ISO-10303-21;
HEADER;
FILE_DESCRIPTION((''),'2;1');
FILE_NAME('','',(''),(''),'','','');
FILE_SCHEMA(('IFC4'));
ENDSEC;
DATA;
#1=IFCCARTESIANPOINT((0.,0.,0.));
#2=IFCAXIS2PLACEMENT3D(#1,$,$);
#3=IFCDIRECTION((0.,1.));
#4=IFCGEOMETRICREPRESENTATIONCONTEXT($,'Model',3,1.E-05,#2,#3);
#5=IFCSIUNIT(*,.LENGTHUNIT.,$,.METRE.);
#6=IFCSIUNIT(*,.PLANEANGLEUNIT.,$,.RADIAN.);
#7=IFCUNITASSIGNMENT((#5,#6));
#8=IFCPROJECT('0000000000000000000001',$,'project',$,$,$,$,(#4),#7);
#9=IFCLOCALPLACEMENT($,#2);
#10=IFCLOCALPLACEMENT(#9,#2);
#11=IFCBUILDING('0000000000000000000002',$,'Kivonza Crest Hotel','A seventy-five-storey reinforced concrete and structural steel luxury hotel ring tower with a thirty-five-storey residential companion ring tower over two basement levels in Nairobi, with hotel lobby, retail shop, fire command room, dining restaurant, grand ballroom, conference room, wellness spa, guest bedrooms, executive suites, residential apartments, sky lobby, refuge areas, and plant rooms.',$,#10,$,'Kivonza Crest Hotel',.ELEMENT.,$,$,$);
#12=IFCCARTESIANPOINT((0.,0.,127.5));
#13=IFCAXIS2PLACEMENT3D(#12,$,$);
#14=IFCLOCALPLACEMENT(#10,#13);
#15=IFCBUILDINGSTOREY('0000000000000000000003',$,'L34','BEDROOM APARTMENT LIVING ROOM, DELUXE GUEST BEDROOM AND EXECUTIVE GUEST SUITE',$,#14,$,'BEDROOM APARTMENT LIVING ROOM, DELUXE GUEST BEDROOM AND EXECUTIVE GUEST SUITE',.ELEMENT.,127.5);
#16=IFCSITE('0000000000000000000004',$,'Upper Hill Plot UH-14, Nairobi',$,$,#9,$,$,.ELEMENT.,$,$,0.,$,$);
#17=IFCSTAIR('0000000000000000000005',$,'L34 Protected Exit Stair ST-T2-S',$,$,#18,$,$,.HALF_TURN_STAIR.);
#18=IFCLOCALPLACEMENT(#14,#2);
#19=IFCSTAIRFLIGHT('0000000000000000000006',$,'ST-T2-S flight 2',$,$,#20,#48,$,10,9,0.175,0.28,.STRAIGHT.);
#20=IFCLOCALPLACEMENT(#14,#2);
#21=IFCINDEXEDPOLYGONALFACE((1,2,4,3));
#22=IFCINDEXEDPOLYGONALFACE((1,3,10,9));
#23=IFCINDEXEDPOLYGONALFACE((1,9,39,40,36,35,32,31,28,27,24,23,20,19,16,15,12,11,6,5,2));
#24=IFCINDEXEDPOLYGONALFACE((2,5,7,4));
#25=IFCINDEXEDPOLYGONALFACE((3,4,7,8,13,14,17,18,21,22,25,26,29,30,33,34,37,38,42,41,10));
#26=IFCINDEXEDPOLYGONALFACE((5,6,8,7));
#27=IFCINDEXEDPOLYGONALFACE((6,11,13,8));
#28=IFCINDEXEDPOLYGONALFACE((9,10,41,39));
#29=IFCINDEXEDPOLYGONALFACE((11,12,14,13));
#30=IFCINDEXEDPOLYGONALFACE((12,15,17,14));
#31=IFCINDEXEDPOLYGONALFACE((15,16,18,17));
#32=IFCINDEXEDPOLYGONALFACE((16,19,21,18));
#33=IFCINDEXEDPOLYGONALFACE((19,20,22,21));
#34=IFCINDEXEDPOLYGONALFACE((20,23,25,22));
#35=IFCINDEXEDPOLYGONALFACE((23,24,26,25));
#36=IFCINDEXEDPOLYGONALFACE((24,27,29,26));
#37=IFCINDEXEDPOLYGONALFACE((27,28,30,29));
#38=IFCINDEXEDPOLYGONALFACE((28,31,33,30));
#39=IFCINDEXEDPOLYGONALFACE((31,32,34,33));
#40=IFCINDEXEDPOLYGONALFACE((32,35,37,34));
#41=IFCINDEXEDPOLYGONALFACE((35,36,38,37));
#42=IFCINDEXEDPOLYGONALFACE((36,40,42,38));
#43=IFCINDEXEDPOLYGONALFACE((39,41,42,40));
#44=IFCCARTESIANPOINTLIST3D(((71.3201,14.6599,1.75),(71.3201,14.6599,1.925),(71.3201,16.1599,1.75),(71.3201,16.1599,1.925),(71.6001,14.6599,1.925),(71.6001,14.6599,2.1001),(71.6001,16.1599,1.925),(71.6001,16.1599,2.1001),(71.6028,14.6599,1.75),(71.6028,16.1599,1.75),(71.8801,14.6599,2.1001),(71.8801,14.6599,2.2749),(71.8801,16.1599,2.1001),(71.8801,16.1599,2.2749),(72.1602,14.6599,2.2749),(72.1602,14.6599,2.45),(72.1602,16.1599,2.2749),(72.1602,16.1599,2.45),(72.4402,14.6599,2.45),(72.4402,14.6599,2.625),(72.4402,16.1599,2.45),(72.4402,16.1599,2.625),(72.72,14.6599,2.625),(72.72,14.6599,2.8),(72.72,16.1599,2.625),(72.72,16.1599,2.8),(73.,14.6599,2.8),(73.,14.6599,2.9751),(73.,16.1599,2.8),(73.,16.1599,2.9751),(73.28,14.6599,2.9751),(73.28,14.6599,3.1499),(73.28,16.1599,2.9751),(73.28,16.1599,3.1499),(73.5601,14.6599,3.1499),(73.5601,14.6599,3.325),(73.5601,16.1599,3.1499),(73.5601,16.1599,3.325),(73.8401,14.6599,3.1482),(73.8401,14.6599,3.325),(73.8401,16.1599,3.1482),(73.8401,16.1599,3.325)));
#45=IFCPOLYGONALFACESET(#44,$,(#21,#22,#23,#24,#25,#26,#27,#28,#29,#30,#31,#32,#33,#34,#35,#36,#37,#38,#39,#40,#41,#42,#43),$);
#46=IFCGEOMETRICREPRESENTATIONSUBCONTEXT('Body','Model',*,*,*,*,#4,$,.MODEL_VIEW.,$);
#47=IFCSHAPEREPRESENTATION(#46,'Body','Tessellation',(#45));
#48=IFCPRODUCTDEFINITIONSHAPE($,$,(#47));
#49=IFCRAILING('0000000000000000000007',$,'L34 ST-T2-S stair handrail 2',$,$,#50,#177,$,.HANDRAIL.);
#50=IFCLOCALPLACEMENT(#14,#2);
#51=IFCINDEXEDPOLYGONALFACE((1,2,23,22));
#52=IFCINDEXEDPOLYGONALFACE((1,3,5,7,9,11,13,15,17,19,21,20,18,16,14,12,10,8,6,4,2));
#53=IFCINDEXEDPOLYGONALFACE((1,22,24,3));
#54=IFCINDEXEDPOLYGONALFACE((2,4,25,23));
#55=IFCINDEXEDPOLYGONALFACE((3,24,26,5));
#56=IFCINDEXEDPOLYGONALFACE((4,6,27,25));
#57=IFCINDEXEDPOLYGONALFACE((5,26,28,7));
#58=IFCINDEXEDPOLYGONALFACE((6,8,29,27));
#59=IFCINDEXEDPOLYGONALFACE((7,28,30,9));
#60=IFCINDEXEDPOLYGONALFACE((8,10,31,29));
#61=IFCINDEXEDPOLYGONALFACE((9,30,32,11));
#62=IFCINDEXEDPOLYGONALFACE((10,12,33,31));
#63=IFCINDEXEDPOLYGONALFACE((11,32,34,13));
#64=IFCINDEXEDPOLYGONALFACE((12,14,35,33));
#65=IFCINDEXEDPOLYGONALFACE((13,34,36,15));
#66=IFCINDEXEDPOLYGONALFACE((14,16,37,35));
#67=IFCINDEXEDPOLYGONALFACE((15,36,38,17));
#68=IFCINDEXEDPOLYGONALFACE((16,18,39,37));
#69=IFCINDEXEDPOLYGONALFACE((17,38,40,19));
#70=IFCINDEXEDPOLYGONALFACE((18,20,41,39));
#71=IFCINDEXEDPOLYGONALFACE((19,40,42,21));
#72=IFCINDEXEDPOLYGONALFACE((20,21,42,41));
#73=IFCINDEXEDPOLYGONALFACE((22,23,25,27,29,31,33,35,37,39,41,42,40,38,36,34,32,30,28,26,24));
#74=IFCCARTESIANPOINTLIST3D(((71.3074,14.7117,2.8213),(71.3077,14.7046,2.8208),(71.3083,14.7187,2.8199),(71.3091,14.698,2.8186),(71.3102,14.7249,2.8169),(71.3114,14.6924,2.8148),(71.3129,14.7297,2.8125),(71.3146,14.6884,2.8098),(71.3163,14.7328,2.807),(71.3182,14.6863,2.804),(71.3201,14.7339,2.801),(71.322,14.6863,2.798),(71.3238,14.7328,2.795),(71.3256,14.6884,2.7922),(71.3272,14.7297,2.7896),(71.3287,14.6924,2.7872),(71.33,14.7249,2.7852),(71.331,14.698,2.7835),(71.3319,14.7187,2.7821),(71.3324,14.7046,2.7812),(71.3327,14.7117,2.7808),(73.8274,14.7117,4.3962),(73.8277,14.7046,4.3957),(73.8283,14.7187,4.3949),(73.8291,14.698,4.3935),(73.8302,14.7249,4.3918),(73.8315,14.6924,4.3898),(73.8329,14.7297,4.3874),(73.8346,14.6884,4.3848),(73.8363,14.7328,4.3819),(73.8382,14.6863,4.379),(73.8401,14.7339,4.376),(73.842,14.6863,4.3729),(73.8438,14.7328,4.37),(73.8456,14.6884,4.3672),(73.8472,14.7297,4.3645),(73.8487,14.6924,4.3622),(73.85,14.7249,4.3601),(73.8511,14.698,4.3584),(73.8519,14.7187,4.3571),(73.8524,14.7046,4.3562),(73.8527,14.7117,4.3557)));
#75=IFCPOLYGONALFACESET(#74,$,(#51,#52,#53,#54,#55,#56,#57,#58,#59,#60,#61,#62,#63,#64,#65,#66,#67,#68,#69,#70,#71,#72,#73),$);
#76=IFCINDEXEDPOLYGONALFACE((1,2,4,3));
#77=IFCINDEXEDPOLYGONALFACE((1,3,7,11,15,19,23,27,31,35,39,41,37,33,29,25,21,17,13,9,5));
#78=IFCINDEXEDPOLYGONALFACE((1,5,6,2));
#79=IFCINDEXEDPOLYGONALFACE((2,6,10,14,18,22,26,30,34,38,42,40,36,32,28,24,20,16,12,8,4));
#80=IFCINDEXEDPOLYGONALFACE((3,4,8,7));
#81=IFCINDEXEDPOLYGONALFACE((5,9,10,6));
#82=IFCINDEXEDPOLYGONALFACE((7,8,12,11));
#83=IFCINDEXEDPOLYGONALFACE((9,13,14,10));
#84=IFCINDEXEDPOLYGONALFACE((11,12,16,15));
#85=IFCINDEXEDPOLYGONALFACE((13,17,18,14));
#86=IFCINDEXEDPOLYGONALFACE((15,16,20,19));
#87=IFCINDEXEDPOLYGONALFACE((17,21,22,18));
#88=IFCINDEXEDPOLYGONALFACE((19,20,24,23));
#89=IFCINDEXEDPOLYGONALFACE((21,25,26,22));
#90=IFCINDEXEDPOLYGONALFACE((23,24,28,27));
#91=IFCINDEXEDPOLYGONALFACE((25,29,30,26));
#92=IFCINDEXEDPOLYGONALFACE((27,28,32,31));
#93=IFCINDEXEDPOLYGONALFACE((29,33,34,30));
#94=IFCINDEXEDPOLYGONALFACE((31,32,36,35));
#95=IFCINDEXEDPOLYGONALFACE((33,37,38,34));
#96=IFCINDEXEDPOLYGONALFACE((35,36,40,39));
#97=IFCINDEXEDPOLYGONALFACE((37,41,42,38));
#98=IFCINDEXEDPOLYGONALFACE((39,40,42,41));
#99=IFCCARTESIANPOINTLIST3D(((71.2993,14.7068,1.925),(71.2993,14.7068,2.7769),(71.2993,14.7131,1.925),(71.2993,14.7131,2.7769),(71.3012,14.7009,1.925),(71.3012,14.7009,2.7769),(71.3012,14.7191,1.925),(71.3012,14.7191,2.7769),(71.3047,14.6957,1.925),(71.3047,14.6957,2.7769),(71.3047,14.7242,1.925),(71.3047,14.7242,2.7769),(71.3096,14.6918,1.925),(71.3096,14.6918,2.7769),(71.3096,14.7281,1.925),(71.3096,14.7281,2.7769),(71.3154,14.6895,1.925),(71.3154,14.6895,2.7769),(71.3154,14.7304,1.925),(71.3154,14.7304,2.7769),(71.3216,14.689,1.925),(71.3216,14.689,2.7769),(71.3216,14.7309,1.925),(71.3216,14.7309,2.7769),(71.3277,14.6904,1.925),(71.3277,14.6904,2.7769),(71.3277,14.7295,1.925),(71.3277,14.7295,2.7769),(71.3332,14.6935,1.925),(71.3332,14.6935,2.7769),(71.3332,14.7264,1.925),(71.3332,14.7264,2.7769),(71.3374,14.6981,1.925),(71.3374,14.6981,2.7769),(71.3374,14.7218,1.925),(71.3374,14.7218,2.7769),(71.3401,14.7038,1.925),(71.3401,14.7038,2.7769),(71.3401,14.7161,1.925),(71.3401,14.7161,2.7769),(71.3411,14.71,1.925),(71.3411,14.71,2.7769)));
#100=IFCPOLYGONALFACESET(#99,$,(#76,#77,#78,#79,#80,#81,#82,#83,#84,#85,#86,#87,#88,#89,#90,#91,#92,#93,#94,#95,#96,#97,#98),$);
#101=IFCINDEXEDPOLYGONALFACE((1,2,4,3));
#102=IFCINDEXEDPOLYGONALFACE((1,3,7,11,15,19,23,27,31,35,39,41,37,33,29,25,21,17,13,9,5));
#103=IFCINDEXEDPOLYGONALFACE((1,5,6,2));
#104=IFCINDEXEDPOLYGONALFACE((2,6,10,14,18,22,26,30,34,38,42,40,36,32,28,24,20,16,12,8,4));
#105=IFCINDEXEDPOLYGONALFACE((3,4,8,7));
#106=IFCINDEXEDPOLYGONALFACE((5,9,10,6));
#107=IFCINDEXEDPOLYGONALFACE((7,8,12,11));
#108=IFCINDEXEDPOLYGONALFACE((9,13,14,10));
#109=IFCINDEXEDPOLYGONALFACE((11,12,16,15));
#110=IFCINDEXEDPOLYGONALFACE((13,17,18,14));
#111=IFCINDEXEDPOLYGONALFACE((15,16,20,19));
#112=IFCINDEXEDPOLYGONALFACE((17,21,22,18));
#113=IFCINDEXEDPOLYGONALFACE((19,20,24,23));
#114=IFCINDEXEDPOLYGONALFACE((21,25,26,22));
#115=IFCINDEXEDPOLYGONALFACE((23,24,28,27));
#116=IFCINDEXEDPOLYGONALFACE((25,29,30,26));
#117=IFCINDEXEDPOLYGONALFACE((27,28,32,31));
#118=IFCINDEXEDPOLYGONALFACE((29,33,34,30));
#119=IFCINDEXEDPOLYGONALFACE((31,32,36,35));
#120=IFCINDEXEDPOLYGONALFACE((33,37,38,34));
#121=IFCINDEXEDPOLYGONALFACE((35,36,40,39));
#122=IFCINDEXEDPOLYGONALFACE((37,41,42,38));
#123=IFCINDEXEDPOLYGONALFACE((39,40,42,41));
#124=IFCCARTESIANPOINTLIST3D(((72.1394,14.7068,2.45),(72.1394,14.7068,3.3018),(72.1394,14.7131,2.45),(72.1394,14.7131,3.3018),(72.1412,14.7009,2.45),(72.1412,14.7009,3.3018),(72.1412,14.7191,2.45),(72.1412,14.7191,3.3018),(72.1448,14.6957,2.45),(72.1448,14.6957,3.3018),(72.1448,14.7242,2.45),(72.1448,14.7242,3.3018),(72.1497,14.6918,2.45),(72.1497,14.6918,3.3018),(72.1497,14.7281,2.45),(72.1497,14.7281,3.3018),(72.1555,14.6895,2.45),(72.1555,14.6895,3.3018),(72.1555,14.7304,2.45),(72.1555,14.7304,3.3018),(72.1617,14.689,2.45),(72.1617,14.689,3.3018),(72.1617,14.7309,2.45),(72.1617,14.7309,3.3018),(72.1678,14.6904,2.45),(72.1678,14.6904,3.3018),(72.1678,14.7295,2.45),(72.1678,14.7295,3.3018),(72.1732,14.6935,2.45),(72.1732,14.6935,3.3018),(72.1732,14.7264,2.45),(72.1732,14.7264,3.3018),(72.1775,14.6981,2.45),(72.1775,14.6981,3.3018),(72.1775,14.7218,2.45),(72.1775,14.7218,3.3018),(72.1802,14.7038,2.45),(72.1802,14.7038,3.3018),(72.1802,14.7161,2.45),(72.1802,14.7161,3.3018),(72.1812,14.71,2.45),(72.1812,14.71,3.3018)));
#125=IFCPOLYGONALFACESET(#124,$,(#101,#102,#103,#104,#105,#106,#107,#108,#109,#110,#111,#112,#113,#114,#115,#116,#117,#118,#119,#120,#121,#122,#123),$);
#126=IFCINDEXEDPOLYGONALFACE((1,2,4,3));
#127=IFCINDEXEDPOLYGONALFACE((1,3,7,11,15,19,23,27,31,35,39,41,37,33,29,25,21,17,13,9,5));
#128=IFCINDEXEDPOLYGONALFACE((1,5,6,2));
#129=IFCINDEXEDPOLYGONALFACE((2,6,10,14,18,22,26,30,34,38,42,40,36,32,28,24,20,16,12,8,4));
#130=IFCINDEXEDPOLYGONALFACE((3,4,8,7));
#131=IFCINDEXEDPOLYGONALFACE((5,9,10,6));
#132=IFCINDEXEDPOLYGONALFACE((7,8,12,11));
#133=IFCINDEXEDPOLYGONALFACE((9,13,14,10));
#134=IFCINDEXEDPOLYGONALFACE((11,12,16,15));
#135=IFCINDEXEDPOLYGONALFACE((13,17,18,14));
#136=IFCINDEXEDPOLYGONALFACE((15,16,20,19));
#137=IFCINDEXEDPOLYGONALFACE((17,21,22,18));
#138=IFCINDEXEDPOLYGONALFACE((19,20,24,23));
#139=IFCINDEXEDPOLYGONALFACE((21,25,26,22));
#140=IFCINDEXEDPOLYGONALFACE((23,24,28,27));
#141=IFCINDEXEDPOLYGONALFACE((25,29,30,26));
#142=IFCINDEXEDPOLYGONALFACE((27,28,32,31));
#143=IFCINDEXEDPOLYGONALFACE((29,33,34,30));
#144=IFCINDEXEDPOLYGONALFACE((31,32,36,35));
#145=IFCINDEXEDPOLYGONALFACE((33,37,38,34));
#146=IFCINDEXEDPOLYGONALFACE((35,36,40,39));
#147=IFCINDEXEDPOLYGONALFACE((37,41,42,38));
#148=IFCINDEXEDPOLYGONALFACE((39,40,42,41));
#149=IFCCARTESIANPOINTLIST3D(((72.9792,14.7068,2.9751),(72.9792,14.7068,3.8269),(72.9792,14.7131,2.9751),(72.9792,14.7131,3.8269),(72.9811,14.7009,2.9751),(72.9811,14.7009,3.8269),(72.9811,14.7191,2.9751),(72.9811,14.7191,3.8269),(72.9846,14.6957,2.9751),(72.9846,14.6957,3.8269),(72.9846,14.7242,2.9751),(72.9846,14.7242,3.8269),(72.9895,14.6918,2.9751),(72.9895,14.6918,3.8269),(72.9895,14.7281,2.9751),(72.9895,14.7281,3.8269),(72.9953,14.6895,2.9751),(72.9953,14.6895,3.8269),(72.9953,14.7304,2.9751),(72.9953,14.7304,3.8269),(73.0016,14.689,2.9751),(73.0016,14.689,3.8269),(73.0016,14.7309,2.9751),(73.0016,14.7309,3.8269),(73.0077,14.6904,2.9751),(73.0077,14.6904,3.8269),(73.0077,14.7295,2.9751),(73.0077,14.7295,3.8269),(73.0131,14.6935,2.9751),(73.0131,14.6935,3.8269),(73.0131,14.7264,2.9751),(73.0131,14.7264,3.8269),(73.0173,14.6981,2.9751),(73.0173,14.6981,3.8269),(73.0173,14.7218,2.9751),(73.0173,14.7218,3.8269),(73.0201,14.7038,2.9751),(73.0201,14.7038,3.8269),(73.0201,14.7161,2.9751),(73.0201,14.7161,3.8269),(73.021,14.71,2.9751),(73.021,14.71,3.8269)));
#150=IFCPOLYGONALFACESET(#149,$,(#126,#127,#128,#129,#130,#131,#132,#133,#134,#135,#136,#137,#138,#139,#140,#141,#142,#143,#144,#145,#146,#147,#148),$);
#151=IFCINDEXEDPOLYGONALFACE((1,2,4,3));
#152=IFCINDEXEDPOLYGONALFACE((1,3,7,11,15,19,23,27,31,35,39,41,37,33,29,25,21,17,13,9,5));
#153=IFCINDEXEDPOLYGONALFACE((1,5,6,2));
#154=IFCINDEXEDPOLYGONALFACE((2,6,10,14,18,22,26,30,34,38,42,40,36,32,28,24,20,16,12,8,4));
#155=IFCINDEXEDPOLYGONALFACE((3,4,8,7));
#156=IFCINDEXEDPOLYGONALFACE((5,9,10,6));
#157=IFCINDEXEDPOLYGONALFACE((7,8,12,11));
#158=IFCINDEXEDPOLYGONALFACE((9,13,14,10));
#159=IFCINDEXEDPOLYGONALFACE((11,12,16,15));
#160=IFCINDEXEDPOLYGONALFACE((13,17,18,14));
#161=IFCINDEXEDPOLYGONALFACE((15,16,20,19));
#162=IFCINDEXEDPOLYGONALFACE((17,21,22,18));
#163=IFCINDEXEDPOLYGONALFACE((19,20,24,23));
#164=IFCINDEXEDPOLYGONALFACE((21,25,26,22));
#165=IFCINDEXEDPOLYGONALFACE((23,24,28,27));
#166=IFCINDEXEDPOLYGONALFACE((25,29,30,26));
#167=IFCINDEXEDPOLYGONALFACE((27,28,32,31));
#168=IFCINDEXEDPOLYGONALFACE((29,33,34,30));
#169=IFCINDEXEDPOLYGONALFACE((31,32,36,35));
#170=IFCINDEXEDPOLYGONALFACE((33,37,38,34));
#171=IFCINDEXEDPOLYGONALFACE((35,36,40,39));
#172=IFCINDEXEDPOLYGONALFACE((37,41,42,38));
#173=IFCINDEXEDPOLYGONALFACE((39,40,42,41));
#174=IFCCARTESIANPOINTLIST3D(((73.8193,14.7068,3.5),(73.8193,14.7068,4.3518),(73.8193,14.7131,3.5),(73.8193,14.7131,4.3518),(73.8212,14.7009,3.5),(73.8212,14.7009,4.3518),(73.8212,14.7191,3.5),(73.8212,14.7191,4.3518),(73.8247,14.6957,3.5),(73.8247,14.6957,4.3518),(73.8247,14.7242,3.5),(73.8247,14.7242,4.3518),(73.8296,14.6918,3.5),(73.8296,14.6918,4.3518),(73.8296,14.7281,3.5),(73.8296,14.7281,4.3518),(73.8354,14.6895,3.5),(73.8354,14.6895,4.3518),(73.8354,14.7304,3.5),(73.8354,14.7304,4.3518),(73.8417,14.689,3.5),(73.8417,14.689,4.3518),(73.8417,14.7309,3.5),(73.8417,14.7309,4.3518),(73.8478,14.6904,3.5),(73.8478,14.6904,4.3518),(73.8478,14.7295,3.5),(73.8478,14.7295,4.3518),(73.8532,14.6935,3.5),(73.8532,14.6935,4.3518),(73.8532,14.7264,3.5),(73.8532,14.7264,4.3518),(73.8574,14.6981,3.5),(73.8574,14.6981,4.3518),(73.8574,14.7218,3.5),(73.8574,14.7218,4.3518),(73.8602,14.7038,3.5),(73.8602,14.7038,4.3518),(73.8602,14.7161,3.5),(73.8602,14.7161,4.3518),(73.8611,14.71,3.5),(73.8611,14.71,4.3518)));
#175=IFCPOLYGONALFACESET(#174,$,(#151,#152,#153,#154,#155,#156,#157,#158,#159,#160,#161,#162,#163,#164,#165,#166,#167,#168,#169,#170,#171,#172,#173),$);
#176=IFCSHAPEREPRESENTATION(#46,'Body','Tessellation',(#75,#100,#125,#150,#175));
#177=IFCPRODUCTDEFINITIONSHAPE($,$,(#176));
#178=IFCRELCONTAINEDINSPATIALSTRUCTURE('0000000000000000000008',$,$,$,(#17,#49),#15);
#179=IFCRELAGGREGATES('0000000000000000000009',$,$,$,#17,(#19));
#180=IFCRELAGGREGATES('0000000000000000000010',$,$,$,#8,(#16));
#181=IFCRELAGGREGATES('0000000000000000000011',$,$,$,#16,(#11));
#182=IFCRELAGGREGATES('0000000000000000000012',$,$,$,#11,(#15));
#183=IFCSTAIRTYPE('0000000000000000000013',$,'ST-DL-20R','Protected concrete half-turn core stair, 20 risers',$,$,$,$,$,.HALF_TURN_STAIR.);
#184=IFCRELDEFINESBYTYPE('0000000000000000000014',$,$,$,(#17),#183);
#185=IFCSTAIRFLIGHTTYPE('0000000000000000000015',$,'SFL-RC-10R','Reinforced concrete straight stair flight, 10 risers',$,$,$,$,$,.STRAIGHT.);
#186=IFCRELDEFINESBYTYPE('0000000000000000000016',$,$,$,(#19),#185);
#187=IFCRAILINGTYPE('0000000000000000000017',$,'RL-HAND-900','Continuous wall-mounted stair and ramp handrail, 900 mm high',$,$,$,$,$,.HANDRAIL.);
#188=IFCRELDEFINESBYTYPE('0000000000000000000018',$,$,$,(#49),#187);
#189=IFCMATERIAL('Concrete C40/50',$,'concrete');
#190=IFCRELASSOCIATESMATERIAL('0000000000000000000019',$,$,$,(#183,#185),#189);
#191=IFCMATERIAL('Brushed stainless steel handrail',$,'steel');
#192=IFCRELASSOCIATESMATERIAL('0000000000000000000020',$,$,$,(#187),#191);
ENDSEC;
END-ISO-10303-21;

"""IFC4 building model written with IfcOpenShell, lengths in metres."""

from ifc_helpers import new_model, si_unit, direction, frame, origin, origin_2d, place, context, subcontext, project, spatial, polyline, circle, outline, extrude, material, type_object, element, aggregate, save


model = new_model("IFC4")

# Units and contexts
model_context = context("Model", 3, precision=1e-05, world=origin(), true_north=direction((0.0, 1.0)))
body_context = subcontext(model_context, "Body", "Model", "MODEL_VIEW")
ifc_project = project(units=[si_unit("LENGTHUNIT", "METRE"), si_unit("PLANEANGLEUNIT", "RADIAN")], contexts=[model_context])

# Site, building, storey
site_placement = place(None, origin())
site = spatial("IfcSite", under=ifc_project, at=site_placement, Name="Upper Hill Plot UH-14, Nairobi", CompositionType="ELEMENT", RefElevation=0.0)
building_placement = place(site_placement, origin())
building = spatial("IfcBuilding", under=site, at=building_placement, Name="Kivonza Crest Hotel", Description="A seventy-five-storey reinforced concrete and structural steel luxury hotel ring tower with a thirty-five-storey residential companion ring tower over two basement levels in Nairobi, with hotel lobby, retail shop, fire command room, dining restaurant, grand ballroom, conference room, wellness spa, guest bedrooms, executive suites, residential apartments, sky lobby, refuge areas, and plant rooms.", LongName="Kivonza Crest Hotel", CompositionType="ELEMENT")
storey_placement = place(building_placement, frame((0.0, 0.0, 127.5)))
storey = spatial("IfcBuildingStorey", under=building, at=storey_placement, Name="L34", Description="BEDROOM APARTMENT LIVING ROOM, DELUXE GUEST BEDROOM AND EXECUTIVE GUEST SUITE", LongName="BEDROOM APARTMENT LIVING ROOM, DELUXE GUEST BEDROOM AND EXECUTIVE GUEST SUITE", CompositionType="ELEMENT", Elevation=127.5)

# Stair, stair flight
ifc_material_1 = material(Name="Concrete C40/50", Category="concrete")
stair_type = type_object("IfcStairType", Name="ST-DL-20R", Description="Protected concrete half-turn core stair, 20 risers", PredefinedType="HALF_TURN_STAIR", material=ifc_material_1)
stair_placement = place(storey_placement, origin())
stair = element("IfcStair", 1, at=stair_placement, inside=storey, type_object=stair_type, Name="L34 Protected Exit Stair ST-T2-S", PredefinedType="HALF_TURN_STAIR")
stair_flight_type = type_object("IfcStairFlightType", Name="SFL-RC-10R", Description="Reinforced concrete straight stair flight, 10 risers", PredefinedType="STRAIGHT", material=ifc_material_1)
stair_flight_placement = place(storey_placement, frame((71.3201, 15.4099, 1.75), z_axis=(0.0, 0.0, 1.0), x_axis=(1.0, 0.0, 0.0)))
stair_flight = element("IfcStairFlight", 2, at=stair_flight_placement, type_object=stair_flight_type, Name="ST-T2-S flight 2", NumberOfRisers=10, NumberOfTreads=9, PredefinedType="STRAIGHT", RiserHeight=0.175, TreadLength=0.28, context=body_context, shape_type="SweptSolid", body=[
    extrude(outline(polyline([(0.0, 0.0), (0.0, 0.175), (0.28, 0.175), (0.28, 0.3501), (0.5601, 0.3501), (0.5601, 0.5249), (0.8401, 0.5249), (0.8401, 0.7), (1.1201, 0.7), (1.1201, 0.875), (1.3999, 0.875), (1.3999, 1.05), (1.6799, 1.05), (1.6799, 1.2251), (1.96, 1.2251), (1.96, 1.3999), (2.24, 1.3999), (2.24, 1.575), (2.52, 1.575), (2.52, 1.75), (2.52, 1.3982), (0.2827, 0.0), (0.0, 0.0)])), frame((0.0, 0.75, 0.0), z_axis=(0.0, -1.0, 0.0), x_axis=(1.0, 0.0, 0.0)), (0.0, 0.0, 1.0), 1.5),
])
aggregate(stair, [stair_flight])

# Railing
ifc_material_2 = material(Name="Brushed stainless steel handrail", Category="steel")
railing_type_1 = type_object("IfcRailingType", Name="RL-HAND-900", Description="Continuous wall-mounted stair and ramp handrail, 900 mm high", PredefinedType="HANDRAIL", material=ifc_material_2)
railing_1_placement = place(storey_placement, frame((71.3201, 14.71, 1.925)))
element("IfcRailing", 3, at=railing_1_placement, inside=storey, type_object=railing_type_1, Name="L34 ST-T2-S stair handrail 2", PredefinedType="HANDRAIL", context=body_context, shape_type="SweptSolid", body=[
    extrude(circle(Radius=0.0239, at=origin_2d()), frame((0.0, 0.0, 0.876), z_axis=(0.848008, 0.0, 0.529984), x_axis=(0.0, 1.0, 0.0)), (0.0, 0.0, 1.0), 2.9717),
    extrude(circle(Radius=0.021, at=origin_2d()), origin(), (0.0, 0.0, 1.0), 0.8518),
    extrude(circle(Radius=0.021, at=origin_2d()), frame((0.8401, 0.0, 0.5249)), (0.0, 0.0, 1.0), 0.8518),
    extrude(circle(Radius=0.021, at=origin_2d()), frame((1.6799, 0.0, 1.05)), (0.0, 0.0, 1.0), 0.8518),
    extrude(circle(Radius=0.021, at=origin_2d()), frame((2.52, 0.0, 1.575)), (0.0, 0.0, 1.0), 0.8518),
])

save(model, "model.ifc")
